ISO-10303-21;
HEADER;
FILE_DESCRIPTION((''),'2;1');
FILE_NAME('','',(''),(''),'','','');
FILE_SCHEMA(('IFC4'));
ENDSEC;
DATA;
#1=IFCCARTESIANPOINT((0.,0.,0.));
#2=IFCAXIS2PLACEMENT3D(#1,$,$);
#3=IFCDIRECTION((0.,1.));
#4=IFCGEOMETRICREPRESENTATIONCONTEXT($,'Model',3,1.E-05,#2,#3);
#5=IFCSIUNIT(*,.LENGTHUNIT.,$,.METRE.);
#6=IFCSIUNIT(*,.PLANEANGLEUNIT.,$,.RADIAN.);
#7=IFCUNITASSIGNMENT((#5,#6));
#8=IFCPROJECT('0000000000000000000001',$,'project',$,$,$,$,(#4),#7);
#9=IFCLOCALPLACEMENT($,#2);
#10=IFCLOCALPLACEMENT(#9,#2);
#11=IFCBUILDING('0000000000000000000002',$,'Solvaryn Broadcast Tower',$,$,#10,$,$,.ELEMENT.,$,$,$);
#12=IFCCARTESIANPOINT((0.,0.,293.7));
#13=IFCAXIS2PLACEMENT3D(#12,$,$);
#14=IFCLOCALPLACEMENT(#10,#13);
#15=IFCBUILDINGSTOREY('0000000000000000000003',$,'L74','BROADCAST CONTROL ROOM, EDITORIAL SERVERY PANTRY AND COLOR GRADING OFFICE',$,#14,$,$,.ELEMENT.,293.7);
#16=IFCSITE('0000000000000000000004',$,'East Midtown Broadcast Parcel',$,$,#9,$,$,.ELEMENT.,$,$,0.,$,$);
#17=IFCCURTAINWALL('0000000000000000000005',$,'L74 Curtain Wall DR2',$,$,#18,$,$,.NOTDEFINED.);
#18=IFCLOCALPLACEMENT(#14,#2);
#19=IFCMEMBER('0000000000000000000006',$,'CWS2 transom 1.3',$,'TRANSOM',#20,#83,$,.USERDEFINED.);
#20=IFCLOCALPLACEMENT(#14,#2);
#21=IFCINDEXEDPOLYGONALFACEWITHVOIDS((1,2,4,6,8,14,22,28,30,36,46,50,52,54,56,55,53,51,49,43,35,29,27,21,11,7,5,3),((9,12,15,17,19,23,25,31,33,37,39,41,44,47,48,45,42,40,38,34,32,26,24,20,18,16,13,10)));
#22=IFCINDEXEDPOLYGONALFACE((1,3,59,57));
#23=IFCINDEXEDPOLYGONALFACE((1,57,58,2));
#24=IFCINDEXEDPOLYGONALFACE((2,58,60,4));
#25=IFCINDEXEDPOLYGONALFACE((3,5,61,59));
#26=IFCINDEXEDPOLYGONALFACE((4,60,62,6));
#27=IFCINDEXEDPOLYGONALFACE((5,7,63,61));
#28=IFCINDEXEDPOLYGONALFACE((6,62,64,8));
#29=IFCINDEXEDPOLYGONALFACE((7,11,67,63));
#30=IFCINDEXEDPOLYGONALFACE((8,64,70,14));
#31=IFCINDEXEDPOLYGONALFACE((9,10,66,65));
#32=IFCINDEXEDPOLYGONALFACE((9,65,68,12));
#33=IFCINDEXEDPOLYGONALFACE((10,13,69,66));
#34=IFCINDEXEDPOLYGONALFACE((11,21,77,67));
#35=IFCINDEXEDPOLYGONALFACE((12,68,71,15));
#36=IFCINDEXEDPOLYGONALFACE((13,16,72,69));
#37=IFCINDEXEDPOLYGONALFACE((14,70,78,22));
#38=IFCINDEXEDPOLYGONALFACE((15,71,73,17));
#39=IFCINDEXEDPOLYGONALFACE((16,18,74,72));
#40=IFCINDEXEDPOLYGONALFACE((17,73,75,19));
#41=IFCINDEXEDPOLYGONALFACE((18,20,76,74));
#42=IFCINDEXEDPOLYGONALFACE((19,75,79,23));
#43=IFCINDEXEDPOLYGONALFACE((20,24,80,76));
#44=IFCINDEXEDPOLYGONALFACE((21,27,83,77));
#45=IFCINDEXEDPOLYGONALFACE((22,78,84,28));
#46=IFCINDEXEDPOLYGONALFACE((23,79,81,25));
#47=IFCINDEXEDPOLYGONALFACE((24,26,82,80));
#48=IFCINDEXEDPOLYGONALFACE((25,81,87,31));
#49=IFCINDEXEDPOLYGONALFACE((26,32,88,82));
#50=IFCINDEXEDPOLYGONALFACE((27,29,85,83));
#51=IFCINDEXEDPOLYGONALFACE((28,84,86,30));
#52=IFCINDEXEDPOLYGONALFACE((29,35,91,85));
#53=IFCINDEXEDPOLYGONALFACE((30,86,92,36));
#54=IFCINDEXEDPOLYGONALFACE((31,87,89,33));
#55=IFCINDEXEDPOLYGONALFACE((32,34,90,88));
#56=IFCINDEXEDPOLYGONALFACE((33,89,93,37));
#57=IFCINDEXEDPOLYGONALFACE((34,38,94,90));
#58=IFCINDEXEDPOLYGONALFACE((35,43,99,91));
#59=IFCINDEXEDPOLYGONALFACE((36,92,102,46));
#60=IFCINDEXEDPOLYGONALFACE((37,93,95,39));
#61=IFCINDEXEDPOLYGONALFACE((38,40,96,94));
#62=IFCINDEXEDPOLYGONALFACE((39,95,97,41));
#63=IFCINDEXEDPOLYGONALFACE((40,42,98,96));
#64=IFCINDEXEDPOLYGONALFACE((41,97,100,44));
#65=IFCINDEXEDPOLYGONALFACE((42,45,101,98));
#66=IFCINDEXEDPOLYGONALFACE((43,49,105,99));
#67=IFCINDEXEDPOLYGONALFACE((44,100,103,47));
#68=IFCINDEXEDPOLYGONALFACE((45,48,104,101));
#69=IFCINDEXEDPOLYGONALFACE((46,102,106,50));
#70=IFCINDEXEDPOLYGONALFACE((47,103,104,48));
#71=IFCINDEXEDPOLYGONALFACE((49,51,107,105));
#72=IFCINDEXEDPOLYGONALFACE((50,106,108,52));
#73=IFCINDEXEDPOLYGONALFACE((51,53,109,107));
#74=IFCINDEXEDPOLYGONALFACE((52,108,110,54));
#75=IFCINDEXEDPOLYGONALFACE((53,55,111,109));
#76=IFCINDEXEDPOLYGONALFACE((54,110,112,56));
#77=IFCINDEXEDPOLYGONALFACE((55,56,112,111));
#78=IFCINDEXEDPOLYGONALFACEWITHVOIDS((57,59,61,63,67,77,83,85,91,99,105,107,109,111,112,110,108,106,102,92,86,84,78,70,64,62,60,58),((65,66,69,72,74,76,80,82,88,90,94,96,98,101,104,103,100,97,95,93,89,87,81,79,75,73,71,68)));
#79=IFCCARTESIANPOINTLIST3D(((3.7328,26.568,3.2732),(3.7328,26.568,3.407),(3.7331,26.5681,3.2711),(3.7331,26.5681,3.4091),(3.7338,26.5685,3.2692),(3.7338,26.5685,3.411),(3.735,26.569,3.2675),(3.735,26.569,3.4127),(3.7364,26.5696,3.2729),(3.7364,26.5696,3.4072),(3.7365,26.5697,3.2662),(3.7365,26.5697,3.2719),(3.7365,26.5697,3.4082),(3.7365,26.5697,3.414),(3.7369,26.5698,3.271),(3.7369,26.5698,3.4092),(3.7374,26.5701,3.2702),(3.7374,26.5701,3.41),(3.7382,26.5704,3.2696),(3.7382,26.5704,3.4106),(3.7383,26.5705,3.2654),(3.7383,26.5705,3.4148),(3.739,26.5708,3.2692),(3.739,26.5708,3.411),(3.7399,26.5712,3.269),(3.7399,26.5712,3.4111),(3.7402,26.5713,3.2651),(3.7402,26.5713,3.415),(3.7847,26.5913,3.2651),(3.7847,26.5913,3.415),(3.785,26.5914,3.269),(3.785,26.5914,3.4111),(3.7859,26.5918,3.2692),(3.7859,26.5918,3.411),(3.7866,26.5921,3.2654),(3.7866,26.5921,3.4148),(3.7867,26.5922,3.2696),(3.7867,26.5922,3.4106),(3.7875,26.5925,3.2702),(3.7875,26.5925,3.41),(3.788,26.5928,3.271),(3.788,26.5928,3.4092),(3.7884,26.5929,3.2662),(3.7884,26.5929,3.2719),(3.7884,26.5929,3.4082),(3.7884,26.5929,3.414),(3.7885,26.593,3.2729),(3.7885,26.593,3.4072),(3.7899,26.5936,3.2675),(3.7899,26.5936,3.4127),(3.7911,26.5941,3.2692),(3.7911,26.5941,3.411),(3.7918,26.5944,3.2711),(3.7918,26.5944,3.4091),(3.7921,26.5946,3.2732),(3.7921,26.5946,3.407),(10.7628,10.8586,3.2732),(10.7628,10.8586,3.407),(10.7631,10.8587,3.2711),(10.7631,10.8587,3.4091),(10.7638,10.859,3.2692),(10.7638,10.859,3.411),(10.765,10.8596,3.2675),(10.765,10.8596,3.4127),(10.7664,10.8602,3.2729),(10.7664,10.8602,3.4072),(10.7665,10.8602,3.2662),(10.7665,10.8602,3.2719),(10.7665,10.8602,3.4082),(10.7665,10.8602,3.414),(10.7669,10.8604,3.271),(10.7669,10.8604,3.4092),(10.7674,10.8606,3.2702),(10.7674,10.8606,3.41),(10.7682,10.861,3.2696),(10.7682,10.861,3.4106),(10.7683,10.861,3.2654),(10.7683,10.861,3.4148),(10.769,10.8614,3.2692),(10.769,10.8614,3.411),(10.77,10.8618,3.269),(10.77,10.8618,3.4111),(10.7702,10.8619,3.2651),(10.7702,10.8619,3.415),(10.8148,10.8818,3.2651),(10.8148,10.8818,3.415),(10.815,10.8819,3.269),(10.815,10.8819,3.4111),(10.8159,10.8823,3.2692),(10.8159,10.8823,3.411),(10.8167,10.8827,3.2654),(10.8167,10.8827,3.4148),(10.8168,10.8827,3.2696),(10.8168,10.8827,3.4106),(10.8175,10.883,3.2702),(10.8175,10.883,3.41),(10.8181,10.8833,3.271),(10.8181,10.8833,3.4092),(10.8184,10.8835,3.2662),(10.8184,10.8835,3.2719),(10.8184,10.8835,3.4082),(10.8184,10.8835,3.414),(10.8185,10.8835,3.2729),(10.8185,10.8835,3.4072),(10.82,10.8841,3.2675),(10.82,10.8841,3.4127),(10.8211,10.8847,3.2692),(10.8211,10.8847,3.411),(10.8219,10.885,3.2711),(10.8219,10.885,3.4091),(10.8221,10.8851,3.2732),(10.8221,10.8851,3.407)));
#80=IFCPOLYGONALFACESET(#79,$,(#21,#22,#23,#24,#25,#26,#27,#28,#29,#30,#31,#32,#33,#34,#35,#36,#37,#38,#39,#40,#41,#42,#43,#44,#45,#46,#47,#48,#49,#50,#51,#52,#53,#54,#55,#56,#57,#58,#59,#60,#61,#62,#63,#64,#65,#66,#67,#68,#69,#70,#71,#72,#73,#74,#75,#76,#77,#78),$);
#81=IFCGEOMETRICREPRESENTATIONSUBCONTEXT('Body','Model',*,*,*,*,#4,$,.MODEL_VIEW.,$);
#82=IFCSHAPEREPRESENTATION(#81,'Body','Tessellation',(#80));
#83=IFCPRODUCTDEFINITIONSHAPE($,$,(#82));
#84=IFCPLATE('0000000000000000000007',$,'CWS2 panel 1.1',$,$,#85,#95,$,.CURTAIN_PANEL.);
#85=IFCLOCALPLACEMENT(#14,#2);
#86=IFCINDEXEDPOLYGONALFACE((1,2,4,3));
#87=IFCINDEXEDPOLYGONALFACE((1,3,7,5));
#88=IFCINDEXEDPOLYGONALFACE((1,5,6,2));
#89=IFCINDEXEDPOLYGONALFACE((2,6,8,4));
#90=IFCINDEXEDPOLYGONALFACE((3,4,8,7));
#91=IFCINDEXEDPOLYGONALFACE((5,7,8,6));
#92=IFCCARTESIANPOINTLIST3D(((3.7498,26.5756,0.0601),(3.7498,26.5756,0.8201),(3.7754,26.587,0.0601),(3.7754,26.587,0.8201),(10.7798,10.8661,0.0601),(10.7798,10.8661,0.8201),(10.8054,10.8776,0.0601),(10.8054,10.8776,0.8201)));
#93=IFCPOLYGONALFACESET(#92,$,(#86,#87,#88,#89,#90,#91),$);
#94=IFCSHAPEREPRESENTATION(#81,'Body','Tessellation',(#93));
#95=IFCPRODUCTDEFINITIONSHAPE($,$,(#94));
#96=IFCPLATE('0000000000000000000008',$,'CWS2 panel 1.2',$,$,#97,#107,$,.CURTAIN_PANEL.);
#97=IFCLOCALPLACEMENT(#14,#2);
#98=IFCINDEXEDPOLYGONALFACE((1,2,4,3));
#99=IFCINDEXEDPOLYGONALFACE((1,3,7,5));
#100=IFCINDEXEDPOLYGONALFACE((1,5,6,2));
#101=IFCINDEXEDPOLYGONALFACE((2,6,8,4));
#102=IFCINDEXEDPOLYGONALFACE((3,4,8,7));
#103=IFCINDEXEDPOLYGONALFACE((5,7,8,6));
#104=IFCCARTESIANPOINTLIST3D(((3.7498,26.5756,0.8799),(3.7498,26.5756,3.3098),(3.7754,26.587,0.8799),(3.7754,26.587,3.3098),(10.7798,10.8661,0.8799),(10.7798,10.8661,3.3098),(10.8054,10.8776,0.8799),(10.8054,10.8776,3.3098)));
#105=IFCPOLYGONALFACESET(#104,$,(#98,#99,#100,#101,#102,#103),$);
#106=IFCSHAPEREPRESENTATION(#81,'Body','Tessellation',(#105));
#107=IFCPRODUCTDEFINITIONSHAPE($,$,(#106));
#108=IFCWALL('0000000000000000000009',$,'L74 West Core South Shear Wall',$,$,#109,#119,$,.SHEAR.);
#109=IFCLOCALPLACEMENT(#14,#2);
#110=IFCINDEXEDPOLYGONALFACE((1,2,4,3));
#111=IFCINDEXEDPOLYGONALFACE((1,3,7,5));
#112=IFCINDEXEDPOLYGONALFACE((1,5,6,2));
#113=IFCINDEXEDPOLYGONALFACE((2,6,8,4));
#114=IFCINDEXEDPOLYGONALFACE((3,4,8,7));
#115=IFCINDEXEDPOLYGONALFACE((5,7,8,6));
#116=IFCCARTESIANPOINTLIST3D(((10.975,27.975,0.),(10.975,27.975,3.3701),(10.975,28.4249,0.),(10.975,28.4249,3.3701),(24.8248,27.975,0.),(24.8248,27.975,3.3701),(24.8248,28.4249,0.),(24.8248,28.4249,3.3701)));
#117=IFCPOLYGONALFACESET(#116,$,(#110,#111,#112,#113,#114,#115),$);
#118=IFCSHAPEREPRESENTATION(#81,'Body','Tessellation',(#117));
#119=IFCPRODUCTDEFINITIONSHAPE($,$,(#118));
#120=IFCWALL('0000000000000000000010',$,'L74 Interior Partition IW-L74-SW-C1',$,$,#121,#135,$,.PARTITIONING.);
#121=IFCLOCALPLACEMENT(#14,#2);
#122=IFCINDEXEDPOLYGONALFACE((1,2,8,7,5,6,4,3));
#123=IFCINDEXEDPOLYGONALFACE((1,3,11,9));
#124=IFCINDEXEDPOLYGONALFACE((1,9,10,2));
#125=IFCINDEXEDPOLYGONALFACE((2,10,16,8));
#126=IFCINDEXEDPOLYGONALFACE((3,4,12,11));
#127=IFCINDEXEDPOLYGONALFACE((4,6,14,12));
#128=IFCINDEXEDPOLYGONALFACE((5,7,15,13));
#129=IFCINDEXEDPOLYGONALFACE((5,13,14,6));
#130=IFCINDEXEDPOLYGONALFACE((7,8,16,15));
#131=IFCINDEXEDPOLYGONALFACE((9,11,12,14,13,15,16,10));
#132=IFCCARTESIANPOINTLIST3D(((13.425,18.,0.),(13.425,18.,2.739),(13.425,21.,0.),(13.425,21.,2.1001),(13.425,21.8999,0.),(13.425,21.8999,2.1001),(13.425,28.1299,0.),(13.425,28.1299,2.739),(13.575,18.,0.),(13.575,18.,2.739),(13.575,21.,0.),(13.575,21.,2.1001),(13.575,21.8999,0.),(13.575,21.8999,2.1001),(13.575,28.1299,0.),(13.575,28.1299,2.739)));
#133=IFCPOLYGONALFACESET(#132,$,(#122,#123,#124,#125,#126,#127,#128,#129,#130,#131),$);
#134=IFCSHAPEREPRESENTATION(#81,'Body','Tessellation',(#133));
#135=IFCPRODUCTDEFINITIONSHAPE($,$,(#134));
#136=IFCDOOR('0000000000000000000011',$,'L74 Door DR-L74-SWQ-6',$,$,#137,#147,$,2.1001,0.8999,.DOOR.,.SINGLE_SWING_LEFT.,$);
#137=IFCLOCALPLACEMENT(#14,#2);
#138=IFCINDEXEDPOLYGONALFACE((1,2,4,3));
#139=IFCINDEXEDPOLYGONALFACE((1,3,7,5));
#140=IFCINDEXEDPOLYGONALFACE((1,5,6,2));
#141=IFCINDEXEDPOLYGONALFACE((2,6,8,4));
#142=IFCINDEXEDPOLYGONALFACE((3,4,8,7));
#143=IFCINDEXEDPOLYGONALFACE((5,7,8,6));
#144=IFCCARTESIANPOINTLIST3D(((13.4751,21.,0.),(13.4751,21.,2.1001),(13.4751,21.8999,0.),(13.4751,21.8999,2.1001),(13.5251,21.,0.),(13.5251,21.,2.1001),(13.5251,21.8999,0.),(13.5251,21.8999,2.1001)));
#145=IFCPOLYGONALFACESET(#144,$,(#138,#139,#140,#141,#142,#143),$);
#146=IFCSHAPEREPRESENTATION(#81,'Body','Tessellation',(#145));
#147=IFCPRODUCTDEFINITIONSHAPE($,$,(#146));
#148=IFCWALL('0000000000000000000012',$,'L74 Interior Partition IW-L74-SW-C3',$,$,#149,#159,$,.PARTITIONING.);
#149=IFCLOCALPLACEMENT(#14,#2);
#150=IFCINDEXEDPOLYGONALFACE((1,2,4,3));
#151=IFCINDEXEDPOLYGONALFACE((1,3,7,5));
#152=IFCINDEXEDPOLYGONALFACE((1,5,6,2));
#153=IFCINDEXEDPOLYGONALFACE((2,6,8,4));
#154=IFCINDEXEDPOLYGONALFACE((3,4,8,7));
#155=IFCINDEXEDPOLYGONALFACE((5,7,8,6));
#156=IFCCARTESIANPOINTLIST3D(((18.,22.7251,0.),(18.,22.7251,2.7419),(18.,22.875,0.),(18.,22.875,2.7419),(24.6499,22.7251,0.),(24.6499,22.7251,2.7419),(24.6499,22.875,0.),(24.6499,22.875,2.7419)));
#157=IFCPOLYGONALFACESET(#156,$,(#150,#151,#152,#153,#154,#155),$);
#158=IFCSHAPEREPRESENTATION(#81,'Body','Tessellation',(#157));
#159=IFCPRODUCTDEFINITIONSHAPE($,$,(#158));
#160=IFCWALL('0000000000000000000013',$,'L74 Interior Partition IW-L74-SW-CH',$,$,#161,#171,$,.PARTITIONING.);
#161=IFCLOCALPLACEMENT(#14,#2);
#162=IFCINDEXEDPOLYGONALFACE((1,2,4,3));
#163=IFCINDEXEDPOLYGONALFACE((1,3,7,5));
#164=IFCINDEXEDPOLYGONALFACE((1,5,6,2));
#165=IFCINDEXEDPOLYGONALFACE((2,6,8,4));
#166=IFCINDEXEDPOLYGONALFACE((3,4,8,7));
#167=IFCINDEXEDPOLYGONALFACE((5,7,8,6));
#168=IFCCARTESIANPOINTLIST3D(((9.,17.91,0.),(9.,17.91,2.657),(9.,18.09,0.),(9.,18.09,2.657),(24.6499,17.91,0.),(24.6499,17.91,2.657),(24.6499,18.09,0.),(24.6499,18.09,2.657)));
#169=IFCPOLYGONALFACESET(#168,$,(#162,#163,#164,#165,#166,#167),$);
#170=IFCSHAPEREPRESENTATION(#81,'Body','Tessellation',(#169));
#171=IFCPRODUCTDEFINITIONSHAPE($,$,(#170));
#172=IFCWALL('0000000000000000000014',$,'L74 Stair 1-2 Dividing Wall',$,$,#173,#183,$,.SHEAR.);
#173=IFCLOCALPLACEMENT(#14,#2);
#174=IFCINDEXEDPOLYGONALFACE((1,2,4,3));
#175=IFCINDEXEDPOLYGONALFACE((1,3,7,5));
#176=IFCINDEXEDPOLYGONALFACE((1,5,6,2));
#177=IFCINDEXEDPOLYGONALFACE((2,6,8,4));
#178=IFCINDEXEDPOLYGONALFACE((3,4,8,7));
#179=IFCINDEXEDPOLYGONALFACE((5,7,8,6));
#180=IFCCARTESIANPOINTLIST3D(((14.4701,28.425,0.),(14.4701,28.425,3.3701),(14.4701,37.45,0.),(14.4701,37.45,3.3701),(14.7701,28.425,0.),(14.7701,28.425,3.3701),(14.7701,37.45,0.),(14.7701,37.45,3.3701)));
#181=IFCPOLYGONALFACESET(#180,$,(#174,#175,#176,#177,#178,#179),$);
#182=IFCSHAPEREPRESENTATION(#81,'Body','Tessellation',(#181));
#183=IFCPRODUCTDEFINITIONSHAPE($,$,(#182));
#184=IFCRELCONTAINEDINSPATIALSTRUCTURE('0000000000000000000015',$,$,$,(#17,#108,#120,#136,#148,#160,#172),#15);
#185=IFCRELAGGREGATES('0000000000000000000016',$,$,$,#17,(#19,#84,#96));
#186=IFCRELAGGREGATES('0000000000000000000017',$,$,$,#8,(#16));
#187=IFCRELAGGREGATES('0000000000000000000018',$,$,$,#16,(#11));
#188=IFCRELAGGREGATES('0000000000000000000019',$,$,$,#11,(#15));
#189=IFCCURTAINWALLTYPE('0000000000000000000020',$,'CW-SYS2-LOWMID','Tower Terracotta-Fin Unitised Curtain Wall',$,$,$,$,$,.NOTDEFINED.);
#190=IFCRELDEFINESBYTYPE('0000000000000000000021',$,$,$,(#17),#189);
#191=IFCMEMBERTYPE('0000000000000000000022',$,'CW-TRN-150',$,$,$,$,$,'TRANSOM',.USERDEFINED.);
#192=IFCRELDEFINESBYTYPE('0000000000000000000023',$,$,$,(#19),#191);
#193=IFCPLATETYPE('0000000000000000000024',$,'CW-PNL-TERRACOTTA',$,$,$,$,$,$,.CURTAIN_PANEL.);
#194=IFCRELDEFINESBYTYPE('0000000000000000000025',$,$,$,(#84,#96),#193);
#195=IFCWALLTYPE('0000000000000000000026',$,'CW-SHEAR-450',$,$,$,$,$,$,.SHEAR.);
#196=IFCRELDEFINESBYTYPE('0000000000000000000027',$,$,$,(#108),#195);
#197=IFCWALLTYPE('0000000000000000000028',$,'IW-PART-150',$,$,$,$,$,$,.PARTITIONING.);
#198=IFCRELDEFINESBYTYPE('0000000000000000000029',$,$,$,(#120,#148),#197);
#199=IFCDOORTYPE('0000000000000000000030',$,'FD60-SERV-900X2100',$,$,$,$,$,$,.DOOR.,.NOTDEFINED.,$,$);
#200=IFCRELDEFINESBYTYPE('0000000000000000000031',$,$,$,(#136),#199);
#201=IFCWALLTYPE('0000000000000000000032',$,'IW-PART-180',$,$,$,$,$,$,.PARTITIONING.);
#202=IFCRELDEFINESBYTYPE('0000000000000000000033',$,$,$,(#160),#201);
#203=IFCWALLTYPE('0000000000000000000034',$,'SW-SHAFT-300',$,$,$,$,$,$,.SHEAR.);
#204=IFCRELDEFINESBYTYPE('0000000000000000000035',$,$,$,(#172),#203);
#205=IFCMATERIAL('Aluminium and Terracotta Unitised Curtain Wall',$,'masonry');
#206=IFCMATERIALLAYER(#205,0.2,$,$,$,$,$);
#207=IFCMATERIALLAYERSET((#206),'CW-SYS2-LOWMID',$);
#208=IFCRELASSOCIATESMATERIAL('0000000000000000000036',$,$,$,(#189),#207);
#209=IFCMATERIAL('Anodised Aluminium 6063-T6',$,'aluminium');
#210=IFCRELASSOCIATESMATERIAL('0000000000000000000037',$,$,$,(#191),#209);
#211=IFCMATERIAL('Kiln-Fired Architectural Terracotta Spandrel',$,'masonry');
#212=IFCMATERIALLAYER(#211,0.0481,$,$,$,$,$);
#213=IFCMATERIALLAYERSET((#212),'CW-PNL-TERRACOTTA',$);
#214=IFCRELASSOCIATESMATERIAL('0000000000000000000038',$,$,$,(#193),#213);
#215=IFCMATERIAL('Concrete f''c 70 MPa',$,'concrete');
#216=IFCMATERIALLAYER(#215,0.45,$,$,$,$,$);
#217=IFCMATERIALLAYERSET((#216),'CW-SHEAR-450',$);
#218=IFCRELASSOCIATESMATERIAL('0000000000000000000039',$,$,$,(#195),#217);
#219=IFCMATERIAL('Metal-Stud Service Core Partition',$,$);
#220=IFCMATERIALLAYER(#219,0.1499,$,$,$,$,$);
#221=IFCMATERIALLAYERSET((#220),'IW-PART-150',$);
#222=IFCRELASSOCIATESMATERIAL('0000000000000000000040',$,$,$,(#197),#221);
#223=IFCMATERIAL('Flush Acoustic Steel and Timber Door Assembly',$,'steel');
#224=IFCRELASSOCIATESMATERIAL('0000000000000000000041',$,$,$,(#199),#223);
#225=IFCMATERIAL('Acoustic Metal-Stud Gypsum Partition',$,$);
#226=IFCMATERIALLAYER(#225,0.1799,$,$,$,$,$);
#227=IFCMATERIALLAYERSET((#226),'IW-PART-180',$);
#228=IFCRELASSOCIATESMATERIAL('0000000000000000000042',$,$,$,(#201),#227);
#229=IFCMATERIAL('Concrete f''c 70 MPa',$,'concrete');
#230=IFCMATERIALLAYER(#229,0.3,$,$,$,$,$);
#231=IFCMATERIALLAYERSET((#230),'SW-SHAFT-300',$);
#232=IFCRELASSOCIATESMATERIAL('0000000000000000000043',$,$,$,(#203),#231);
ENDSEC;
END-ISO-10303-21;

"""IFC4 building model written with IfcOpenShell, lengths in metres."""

from ifc_helpers import new_model, si_unit, direction, frame, frame_2d, origin, origin_2d, place, context, subcontext, project, spatial, rectangle, hollow_rectangle, extrude, material, layer, layer_set, material_profile, profile_set, type_object, element, fill, aggregate, save


model = new_model("IFC4")

# Units and contexts
model_context = context("Model", 3, precision=1e-05, world=origin(), true_north=direction((0.0, 1.0)))
body_context = subcontext(model_context, "Body", "Model", "MODEL_VIEW")
ifc_project = project(units=[si_unit("LENGTHUNIT", "METRE"), si_unit("PLANEANGLEUNIT", "RADIAN")], contexts=[model_context])

# Site, building, storey
site_placement = place(None, origin())
site = spatial("IfcSite", under=ifc_project, at=site_placement, Name="East Midtown Broadcast Parcel", CompositionType="ELEMENT", RefElevation=0.0)
building_placement = place(site_placement, origin())
building = spatial("IfcBuilding", under=site, at=building_placement, Name="Solvaryn Broadcast Tower", CompositionType="ELEMENT")
storey_placement = place(building_placement, frame((0.0, 0.0, 293.7)))
storey = spatial("IfcBuildingStorey", under=building, at=storey_placement, Name="L74", Description="BROADCAST CONTROL ROOM, EDITORIAL SERVERY PANTRY AND COLOR GRADING OFFICE", CompositionType="ELEMENT", Elevation=293.7)

# Shared definitions
ifc_material_1 = material(Name="Aluminium and Terracotta Unitised Curtain Wall", Category="masonry")
ifc_layer_1 = layer(ifc_material_1, 0.2)
ifc_layer_set_1 = layer_set([ifc_layer_1], Name="CW-SYS2-LOWMID")
curtain_wall_type = type_object("IfcCurtainWallType", Name="CW-SYS2-LOWMID", Description="Tower Terracotta-Fin Unitised Curtain Wall", PredefinedType="NOTDEFINED", material=ifc_layer_set_1)

# Curtain wall, member, plates
curtain_wall_1_placement = place(storey_placement, origin())
curtain_wall_1 = element("IfcCurtainWall", 1, at=curtain_wall_1_placement, inside=storey, type_object=curtain_wall_type, Name="L74 Curtain Wall DR2", PredefinedType="NOTDEFINED")
ifc_material_2 = material(Name="Anodised Aluminium 6063-T6", Category="aluminium")
ifc_material_profile_1 = material_profile(ifc_material_2, hollow_rectangle(XDim=0.0649, YDim=0.1499, WallThickness=0.0039, InnerFilletRadius=0.0039, OuterFilletRadius=0.0081, at=origin_2d()))
ifc_profile_set_1 = profile_set([ifc_material_profile_1], Name="Anodised Aluminium 6063-T6")
member_type_1 = type_object("IfcMemberType", Name="CW-TRN-150", ElementType="TRANSOM", PredefinedType="USERDEFINED", material=ifc_profile_set_1)
member_1_placement = place(storey_placement, frame((3.7625, 26.5813, 3.3401), z_axis=(0.408468, -0.912773, 0.0), x_axis=(0.912773, 0.408468, 0.0)))
member_1 = element("IfcMember", 2, at=member_1_placement, type_object=member_type_1, Name="CWS2 transom 1.3", ObjectType="TRANSOM", PredefinedType="USERDEFINED", context=body_context, shape_type="SweptSolid", body=[
    extrude(hollow_rectangle(XDim=0.0649, YDim=0.1499, WallThickness=0.0039, InnerFilletRadius=0.0039, OuterFilletRadius=0.0081, at=origin_2d()), origin(), (0.0, 0.0, 1.0), 17.2107),
])
ifc_material_3 = material(Name="Kiln-Fired Architectural Terracotta Spandrel", Category="masonry")
ifc_layer_2 = layer(ifc_material_3, 0.0481)
ifc_layer_set_2 = layer_set([ifc_layer_2], Name="CW-PNL-TERRACOTTA")
plate_type = type_object("IfcPlateType", Name="CW-PNL-TERRACOTTA", PredefinedType="CURTAIN_PANEL", material=ifc_layer_set_2)
plate_1_placement = place(storey_placement, frame((7.2776, 18.7266, 0.0601), z_axis=(0.0, 0.0, 1.0), x_axis=(0.408466, -0.912774, 0.0)))
plate_1 = element("IfcPlate", 3, at=plate_1_placement, type_object=plate_type, Name="CWS2 panel 1.1", PredefinedType="CURTAIN_PANEL", context=body_context, shape_type="SweptSolid", body=[
    extrude(rectangle(XDim=17.2107, YDim=0.0281, at=origin_2d()), origin(), (0.0, 0.0, 1.0), 0.76),
])
plate_2_placement = place(storey_placement, frame((7.2776, 18.7266, 0.8799), z_axis=(0.0, 0.0, 1.0), x_axis=(0.408466, -0.912774, 0.0)))
plate_2 = element("IfcPlate", 4, at=plate_2_placement, type_object=plate_type, Name="CWS2 panel 1.2", PredefinedType="CURTAIN_PANEL", context=body_context, shape_type="SweptSolid", body=[
    extrude(rectangle(XDim=17.2107, YDim=0.0281, at=origin_2d()), origin(), (0.0, 0.0, 1.0), 2.4299),
])
aggregate(curtain_wall_1, [member_1, plate_1, plate_2])

# Wall
ifc_material_4 = material(Name="Concrete f'c 70 MPa", Category="concrete")
ifc_layer_3 = layer(ifc_material_4, 0.45)
ifc_layer_set_3 = layer_set([ifc_layer_3], Name="CW-SHEAR-450")
wall_type_1 = type_object("IfcWallType", Name="CW-SHEAR-450", PredefinedType="SHEAR", material=ifc_layer_set_3)
wall_1_placement = place(storey_placement, frame((10.9751, 28.2, 0.0), z_axis=(0.0, 0.0, 1.0), x_axis=(1.0, 0.0, 0.0)))
element("IfcWall", 5, at=wall_1_placement, inside=storey, type_object=wall_type_1, Name="L74 West Core South Shear Wall", PredefinedType="SHEAR", context=body_context, shape_type="SweptSolid", body=[
    extrude(rectangle(XDim=13.8499, YDim=0.45, at=frame_2d((6.9248, 0.0))), origin(), (0.0, 0.0, 1.0), 3.3701),
])

# Wall, opening, door
ifc_material_5 = material(Name="Metal-Stud Service Core Partition")
ifc_layer_4 = layer(ifc_material_5, 0.1499)
ifc_layer_set_4 = layer_set([ifc_layer_4], Name="IW-PART-150")
wall_type_2 = type_object("IfcWallType", Name="IW-PART-150", PredefinedType="PARTITIONING", material=ifc_layer_set_4)
wall_2_placement = place(storey_placement, frame((13.5, 18.0, 0.0), z_axis=(0.0, 0.0, 1.0), x_axis=(0.0, 1.0, 0.0)))
wall_2 = element("IfcWall", 6, at=wall_2_placement, inside=storey, type_object=wall_type_2, Name="L74 Interior Partition IW-L74-SW-C1", PredefinedType="PARTITIONING", context=body_context, shape_type="SweptSolid", body=[
    extrude(rectangle(XDim=10.1299, YDim=0.1499, at=frame_2d((5.0649, 0.0))), origin(), (0.0, 0.0, 1.0), 2.739),
])
opening_1_placement = place(wall_2_placement, frame((3.0, 0.0, 0.0)))
opening_1 = element("IfcOpeningElement", 7, at=opening_1_placement, cuts=wall_2, PredefinedType="OPENING", context=body_context, shape_type="SweptSolid", body=[
    extrude(rectangle(XDim=0.8999, YDim=2.1001, at=frame_2d((0.45, 1.05))), frame((0.0, 0.085, 0.0), z_axis=(0.0, -1.0, 0.0), x_axis=(1.0, 0.0, 0.0)), (0.0, 0.0, 1.0), 0.1699),
])
ifc_material_6 = material(Name="Flush Acoustic Steel and Timber Door Assembly", Category="steel")
door_type_1 = type_object("IfcDoorType", Name="FD60-SERV-900X2100", OperationType="NOTDEFINED", PredefinedType="DOOR", material=ifc_material_6)
door_1_placement = place(opening_1_placement, origin())
door_1 = element("IfcDoor", 8, at=door_1_placement, inside=storey, type_object=door_type_1, Name="L74 Door DR-L74-SWQ-6", OperationType="SINGLE_SWING_LEFT", OverallHeight=2.1001, OverallWidth=0.8999, PredefinedType="DOOR", context=body_context, shape_type="SweptSolid", body=[
    extrude(rectangle(XDim=0.8999, YDim=2.1001, at=frame_2d((0.45, 1.05))), frame((0.0, 0.0249, 0.0), z_axis=(0.0, -1.0, 0.0), x_axis=(1.0, 0.0, 0.0)), (0.0, 0.0, 1.0), 0.05),
])
fill(opening_1, door_1)

# Wall
wall_3_placement = place(storey_placement, frame((18.0, 22.8, 0.0), z_axis=(0.0, 0.0, 1.0), x_axis=(1.0, 0.0, 0.0)))
element("IfcWall", 9, at=wall_3_placement, inside=storey, type_object=wall_type_2, Name="L74 Interior Partition IW-L74-SW-C3", PredefinedType="PARTITIONING", context=body_context, shape_type="SweptSolid", body=[
    extrude(rectangle(XDim=6.6499, YDim=0.1499, at=frame_2d((3.325, 0.0))), origin(), (0.0, 0.0, 1.0), 2.7419),
])

# Walls
ifc_material_7 = material(Name="Acoustic Metal-Stud Gypsum Partition")
ifc_layer_5 = layer(ifc_material_7, 0.1799)
ifc_layer_set_5 = layer_set([ifc_layer_5], Name="IW-PART-180")
wall_type_3 = type_object("IfcWallType", Name="IW-PART-180", PredefinedType="PARTITIONING", material=ifc_layer_set_5)
wall_4_placement = place(storey_placement, frame((9.0, 18.0, 0.0), z_axis=(0.0, 0.0, 1.0), x_axis=(1.0, 0.0, 0.0)))
element("IfcWall", 10, at=wall_4_placement, inside=storey, type_object=wall_type_3, Name="L74 Interior Partition IW-L74-SW-CH", PredefinedType="PARTITIONING", context=body_context, shape_type="SweptSolid", body=[
    extrude(rectangle(XDim=15.6499, YDim=0.1799, at=frame_2d((7.825, 0.0))), origin(), (0.0, 0.0, 1.0), 2.657),
])
ifc_material_8 = material(Name="Concrete f'c 70 MPa", Category="concrete")
ifc_layer_6 = layer(ifc_material_8, 0.3)
ifc_layer_set_6 = layer_set([ifc_layer_6], Name="SW-SHAFT-300")
wall_type_4 = type_object("IfcWallType", Name="SW-SHAFT-300", PredefinedType="SHEAR", material=ifc_layer_set_6)
wall_5_placement = place(storey_placement, frame((14.6201, 28.425, 0.0), z_axis=(0.0, 0.0, 1.0), x_axis=(0.0, 1.0, 0.0)))
element("IfcWall", 11, at=wall_5_placement, inside=storey, type_object=wall_type_4, Name="L74 Stair 1-2 Dividing Wall", PredefinedType="SHEAR", context=body_context, shape_type="SweptSolid", body=[
    extrude(rectangle(XDim=9.0249, YDim=0.3, at=frame_2d((4.5125, 0.0))), origin(), (0.0, 0.0, 1.0), 3.3701),
])

save(model, "model.ifc")
